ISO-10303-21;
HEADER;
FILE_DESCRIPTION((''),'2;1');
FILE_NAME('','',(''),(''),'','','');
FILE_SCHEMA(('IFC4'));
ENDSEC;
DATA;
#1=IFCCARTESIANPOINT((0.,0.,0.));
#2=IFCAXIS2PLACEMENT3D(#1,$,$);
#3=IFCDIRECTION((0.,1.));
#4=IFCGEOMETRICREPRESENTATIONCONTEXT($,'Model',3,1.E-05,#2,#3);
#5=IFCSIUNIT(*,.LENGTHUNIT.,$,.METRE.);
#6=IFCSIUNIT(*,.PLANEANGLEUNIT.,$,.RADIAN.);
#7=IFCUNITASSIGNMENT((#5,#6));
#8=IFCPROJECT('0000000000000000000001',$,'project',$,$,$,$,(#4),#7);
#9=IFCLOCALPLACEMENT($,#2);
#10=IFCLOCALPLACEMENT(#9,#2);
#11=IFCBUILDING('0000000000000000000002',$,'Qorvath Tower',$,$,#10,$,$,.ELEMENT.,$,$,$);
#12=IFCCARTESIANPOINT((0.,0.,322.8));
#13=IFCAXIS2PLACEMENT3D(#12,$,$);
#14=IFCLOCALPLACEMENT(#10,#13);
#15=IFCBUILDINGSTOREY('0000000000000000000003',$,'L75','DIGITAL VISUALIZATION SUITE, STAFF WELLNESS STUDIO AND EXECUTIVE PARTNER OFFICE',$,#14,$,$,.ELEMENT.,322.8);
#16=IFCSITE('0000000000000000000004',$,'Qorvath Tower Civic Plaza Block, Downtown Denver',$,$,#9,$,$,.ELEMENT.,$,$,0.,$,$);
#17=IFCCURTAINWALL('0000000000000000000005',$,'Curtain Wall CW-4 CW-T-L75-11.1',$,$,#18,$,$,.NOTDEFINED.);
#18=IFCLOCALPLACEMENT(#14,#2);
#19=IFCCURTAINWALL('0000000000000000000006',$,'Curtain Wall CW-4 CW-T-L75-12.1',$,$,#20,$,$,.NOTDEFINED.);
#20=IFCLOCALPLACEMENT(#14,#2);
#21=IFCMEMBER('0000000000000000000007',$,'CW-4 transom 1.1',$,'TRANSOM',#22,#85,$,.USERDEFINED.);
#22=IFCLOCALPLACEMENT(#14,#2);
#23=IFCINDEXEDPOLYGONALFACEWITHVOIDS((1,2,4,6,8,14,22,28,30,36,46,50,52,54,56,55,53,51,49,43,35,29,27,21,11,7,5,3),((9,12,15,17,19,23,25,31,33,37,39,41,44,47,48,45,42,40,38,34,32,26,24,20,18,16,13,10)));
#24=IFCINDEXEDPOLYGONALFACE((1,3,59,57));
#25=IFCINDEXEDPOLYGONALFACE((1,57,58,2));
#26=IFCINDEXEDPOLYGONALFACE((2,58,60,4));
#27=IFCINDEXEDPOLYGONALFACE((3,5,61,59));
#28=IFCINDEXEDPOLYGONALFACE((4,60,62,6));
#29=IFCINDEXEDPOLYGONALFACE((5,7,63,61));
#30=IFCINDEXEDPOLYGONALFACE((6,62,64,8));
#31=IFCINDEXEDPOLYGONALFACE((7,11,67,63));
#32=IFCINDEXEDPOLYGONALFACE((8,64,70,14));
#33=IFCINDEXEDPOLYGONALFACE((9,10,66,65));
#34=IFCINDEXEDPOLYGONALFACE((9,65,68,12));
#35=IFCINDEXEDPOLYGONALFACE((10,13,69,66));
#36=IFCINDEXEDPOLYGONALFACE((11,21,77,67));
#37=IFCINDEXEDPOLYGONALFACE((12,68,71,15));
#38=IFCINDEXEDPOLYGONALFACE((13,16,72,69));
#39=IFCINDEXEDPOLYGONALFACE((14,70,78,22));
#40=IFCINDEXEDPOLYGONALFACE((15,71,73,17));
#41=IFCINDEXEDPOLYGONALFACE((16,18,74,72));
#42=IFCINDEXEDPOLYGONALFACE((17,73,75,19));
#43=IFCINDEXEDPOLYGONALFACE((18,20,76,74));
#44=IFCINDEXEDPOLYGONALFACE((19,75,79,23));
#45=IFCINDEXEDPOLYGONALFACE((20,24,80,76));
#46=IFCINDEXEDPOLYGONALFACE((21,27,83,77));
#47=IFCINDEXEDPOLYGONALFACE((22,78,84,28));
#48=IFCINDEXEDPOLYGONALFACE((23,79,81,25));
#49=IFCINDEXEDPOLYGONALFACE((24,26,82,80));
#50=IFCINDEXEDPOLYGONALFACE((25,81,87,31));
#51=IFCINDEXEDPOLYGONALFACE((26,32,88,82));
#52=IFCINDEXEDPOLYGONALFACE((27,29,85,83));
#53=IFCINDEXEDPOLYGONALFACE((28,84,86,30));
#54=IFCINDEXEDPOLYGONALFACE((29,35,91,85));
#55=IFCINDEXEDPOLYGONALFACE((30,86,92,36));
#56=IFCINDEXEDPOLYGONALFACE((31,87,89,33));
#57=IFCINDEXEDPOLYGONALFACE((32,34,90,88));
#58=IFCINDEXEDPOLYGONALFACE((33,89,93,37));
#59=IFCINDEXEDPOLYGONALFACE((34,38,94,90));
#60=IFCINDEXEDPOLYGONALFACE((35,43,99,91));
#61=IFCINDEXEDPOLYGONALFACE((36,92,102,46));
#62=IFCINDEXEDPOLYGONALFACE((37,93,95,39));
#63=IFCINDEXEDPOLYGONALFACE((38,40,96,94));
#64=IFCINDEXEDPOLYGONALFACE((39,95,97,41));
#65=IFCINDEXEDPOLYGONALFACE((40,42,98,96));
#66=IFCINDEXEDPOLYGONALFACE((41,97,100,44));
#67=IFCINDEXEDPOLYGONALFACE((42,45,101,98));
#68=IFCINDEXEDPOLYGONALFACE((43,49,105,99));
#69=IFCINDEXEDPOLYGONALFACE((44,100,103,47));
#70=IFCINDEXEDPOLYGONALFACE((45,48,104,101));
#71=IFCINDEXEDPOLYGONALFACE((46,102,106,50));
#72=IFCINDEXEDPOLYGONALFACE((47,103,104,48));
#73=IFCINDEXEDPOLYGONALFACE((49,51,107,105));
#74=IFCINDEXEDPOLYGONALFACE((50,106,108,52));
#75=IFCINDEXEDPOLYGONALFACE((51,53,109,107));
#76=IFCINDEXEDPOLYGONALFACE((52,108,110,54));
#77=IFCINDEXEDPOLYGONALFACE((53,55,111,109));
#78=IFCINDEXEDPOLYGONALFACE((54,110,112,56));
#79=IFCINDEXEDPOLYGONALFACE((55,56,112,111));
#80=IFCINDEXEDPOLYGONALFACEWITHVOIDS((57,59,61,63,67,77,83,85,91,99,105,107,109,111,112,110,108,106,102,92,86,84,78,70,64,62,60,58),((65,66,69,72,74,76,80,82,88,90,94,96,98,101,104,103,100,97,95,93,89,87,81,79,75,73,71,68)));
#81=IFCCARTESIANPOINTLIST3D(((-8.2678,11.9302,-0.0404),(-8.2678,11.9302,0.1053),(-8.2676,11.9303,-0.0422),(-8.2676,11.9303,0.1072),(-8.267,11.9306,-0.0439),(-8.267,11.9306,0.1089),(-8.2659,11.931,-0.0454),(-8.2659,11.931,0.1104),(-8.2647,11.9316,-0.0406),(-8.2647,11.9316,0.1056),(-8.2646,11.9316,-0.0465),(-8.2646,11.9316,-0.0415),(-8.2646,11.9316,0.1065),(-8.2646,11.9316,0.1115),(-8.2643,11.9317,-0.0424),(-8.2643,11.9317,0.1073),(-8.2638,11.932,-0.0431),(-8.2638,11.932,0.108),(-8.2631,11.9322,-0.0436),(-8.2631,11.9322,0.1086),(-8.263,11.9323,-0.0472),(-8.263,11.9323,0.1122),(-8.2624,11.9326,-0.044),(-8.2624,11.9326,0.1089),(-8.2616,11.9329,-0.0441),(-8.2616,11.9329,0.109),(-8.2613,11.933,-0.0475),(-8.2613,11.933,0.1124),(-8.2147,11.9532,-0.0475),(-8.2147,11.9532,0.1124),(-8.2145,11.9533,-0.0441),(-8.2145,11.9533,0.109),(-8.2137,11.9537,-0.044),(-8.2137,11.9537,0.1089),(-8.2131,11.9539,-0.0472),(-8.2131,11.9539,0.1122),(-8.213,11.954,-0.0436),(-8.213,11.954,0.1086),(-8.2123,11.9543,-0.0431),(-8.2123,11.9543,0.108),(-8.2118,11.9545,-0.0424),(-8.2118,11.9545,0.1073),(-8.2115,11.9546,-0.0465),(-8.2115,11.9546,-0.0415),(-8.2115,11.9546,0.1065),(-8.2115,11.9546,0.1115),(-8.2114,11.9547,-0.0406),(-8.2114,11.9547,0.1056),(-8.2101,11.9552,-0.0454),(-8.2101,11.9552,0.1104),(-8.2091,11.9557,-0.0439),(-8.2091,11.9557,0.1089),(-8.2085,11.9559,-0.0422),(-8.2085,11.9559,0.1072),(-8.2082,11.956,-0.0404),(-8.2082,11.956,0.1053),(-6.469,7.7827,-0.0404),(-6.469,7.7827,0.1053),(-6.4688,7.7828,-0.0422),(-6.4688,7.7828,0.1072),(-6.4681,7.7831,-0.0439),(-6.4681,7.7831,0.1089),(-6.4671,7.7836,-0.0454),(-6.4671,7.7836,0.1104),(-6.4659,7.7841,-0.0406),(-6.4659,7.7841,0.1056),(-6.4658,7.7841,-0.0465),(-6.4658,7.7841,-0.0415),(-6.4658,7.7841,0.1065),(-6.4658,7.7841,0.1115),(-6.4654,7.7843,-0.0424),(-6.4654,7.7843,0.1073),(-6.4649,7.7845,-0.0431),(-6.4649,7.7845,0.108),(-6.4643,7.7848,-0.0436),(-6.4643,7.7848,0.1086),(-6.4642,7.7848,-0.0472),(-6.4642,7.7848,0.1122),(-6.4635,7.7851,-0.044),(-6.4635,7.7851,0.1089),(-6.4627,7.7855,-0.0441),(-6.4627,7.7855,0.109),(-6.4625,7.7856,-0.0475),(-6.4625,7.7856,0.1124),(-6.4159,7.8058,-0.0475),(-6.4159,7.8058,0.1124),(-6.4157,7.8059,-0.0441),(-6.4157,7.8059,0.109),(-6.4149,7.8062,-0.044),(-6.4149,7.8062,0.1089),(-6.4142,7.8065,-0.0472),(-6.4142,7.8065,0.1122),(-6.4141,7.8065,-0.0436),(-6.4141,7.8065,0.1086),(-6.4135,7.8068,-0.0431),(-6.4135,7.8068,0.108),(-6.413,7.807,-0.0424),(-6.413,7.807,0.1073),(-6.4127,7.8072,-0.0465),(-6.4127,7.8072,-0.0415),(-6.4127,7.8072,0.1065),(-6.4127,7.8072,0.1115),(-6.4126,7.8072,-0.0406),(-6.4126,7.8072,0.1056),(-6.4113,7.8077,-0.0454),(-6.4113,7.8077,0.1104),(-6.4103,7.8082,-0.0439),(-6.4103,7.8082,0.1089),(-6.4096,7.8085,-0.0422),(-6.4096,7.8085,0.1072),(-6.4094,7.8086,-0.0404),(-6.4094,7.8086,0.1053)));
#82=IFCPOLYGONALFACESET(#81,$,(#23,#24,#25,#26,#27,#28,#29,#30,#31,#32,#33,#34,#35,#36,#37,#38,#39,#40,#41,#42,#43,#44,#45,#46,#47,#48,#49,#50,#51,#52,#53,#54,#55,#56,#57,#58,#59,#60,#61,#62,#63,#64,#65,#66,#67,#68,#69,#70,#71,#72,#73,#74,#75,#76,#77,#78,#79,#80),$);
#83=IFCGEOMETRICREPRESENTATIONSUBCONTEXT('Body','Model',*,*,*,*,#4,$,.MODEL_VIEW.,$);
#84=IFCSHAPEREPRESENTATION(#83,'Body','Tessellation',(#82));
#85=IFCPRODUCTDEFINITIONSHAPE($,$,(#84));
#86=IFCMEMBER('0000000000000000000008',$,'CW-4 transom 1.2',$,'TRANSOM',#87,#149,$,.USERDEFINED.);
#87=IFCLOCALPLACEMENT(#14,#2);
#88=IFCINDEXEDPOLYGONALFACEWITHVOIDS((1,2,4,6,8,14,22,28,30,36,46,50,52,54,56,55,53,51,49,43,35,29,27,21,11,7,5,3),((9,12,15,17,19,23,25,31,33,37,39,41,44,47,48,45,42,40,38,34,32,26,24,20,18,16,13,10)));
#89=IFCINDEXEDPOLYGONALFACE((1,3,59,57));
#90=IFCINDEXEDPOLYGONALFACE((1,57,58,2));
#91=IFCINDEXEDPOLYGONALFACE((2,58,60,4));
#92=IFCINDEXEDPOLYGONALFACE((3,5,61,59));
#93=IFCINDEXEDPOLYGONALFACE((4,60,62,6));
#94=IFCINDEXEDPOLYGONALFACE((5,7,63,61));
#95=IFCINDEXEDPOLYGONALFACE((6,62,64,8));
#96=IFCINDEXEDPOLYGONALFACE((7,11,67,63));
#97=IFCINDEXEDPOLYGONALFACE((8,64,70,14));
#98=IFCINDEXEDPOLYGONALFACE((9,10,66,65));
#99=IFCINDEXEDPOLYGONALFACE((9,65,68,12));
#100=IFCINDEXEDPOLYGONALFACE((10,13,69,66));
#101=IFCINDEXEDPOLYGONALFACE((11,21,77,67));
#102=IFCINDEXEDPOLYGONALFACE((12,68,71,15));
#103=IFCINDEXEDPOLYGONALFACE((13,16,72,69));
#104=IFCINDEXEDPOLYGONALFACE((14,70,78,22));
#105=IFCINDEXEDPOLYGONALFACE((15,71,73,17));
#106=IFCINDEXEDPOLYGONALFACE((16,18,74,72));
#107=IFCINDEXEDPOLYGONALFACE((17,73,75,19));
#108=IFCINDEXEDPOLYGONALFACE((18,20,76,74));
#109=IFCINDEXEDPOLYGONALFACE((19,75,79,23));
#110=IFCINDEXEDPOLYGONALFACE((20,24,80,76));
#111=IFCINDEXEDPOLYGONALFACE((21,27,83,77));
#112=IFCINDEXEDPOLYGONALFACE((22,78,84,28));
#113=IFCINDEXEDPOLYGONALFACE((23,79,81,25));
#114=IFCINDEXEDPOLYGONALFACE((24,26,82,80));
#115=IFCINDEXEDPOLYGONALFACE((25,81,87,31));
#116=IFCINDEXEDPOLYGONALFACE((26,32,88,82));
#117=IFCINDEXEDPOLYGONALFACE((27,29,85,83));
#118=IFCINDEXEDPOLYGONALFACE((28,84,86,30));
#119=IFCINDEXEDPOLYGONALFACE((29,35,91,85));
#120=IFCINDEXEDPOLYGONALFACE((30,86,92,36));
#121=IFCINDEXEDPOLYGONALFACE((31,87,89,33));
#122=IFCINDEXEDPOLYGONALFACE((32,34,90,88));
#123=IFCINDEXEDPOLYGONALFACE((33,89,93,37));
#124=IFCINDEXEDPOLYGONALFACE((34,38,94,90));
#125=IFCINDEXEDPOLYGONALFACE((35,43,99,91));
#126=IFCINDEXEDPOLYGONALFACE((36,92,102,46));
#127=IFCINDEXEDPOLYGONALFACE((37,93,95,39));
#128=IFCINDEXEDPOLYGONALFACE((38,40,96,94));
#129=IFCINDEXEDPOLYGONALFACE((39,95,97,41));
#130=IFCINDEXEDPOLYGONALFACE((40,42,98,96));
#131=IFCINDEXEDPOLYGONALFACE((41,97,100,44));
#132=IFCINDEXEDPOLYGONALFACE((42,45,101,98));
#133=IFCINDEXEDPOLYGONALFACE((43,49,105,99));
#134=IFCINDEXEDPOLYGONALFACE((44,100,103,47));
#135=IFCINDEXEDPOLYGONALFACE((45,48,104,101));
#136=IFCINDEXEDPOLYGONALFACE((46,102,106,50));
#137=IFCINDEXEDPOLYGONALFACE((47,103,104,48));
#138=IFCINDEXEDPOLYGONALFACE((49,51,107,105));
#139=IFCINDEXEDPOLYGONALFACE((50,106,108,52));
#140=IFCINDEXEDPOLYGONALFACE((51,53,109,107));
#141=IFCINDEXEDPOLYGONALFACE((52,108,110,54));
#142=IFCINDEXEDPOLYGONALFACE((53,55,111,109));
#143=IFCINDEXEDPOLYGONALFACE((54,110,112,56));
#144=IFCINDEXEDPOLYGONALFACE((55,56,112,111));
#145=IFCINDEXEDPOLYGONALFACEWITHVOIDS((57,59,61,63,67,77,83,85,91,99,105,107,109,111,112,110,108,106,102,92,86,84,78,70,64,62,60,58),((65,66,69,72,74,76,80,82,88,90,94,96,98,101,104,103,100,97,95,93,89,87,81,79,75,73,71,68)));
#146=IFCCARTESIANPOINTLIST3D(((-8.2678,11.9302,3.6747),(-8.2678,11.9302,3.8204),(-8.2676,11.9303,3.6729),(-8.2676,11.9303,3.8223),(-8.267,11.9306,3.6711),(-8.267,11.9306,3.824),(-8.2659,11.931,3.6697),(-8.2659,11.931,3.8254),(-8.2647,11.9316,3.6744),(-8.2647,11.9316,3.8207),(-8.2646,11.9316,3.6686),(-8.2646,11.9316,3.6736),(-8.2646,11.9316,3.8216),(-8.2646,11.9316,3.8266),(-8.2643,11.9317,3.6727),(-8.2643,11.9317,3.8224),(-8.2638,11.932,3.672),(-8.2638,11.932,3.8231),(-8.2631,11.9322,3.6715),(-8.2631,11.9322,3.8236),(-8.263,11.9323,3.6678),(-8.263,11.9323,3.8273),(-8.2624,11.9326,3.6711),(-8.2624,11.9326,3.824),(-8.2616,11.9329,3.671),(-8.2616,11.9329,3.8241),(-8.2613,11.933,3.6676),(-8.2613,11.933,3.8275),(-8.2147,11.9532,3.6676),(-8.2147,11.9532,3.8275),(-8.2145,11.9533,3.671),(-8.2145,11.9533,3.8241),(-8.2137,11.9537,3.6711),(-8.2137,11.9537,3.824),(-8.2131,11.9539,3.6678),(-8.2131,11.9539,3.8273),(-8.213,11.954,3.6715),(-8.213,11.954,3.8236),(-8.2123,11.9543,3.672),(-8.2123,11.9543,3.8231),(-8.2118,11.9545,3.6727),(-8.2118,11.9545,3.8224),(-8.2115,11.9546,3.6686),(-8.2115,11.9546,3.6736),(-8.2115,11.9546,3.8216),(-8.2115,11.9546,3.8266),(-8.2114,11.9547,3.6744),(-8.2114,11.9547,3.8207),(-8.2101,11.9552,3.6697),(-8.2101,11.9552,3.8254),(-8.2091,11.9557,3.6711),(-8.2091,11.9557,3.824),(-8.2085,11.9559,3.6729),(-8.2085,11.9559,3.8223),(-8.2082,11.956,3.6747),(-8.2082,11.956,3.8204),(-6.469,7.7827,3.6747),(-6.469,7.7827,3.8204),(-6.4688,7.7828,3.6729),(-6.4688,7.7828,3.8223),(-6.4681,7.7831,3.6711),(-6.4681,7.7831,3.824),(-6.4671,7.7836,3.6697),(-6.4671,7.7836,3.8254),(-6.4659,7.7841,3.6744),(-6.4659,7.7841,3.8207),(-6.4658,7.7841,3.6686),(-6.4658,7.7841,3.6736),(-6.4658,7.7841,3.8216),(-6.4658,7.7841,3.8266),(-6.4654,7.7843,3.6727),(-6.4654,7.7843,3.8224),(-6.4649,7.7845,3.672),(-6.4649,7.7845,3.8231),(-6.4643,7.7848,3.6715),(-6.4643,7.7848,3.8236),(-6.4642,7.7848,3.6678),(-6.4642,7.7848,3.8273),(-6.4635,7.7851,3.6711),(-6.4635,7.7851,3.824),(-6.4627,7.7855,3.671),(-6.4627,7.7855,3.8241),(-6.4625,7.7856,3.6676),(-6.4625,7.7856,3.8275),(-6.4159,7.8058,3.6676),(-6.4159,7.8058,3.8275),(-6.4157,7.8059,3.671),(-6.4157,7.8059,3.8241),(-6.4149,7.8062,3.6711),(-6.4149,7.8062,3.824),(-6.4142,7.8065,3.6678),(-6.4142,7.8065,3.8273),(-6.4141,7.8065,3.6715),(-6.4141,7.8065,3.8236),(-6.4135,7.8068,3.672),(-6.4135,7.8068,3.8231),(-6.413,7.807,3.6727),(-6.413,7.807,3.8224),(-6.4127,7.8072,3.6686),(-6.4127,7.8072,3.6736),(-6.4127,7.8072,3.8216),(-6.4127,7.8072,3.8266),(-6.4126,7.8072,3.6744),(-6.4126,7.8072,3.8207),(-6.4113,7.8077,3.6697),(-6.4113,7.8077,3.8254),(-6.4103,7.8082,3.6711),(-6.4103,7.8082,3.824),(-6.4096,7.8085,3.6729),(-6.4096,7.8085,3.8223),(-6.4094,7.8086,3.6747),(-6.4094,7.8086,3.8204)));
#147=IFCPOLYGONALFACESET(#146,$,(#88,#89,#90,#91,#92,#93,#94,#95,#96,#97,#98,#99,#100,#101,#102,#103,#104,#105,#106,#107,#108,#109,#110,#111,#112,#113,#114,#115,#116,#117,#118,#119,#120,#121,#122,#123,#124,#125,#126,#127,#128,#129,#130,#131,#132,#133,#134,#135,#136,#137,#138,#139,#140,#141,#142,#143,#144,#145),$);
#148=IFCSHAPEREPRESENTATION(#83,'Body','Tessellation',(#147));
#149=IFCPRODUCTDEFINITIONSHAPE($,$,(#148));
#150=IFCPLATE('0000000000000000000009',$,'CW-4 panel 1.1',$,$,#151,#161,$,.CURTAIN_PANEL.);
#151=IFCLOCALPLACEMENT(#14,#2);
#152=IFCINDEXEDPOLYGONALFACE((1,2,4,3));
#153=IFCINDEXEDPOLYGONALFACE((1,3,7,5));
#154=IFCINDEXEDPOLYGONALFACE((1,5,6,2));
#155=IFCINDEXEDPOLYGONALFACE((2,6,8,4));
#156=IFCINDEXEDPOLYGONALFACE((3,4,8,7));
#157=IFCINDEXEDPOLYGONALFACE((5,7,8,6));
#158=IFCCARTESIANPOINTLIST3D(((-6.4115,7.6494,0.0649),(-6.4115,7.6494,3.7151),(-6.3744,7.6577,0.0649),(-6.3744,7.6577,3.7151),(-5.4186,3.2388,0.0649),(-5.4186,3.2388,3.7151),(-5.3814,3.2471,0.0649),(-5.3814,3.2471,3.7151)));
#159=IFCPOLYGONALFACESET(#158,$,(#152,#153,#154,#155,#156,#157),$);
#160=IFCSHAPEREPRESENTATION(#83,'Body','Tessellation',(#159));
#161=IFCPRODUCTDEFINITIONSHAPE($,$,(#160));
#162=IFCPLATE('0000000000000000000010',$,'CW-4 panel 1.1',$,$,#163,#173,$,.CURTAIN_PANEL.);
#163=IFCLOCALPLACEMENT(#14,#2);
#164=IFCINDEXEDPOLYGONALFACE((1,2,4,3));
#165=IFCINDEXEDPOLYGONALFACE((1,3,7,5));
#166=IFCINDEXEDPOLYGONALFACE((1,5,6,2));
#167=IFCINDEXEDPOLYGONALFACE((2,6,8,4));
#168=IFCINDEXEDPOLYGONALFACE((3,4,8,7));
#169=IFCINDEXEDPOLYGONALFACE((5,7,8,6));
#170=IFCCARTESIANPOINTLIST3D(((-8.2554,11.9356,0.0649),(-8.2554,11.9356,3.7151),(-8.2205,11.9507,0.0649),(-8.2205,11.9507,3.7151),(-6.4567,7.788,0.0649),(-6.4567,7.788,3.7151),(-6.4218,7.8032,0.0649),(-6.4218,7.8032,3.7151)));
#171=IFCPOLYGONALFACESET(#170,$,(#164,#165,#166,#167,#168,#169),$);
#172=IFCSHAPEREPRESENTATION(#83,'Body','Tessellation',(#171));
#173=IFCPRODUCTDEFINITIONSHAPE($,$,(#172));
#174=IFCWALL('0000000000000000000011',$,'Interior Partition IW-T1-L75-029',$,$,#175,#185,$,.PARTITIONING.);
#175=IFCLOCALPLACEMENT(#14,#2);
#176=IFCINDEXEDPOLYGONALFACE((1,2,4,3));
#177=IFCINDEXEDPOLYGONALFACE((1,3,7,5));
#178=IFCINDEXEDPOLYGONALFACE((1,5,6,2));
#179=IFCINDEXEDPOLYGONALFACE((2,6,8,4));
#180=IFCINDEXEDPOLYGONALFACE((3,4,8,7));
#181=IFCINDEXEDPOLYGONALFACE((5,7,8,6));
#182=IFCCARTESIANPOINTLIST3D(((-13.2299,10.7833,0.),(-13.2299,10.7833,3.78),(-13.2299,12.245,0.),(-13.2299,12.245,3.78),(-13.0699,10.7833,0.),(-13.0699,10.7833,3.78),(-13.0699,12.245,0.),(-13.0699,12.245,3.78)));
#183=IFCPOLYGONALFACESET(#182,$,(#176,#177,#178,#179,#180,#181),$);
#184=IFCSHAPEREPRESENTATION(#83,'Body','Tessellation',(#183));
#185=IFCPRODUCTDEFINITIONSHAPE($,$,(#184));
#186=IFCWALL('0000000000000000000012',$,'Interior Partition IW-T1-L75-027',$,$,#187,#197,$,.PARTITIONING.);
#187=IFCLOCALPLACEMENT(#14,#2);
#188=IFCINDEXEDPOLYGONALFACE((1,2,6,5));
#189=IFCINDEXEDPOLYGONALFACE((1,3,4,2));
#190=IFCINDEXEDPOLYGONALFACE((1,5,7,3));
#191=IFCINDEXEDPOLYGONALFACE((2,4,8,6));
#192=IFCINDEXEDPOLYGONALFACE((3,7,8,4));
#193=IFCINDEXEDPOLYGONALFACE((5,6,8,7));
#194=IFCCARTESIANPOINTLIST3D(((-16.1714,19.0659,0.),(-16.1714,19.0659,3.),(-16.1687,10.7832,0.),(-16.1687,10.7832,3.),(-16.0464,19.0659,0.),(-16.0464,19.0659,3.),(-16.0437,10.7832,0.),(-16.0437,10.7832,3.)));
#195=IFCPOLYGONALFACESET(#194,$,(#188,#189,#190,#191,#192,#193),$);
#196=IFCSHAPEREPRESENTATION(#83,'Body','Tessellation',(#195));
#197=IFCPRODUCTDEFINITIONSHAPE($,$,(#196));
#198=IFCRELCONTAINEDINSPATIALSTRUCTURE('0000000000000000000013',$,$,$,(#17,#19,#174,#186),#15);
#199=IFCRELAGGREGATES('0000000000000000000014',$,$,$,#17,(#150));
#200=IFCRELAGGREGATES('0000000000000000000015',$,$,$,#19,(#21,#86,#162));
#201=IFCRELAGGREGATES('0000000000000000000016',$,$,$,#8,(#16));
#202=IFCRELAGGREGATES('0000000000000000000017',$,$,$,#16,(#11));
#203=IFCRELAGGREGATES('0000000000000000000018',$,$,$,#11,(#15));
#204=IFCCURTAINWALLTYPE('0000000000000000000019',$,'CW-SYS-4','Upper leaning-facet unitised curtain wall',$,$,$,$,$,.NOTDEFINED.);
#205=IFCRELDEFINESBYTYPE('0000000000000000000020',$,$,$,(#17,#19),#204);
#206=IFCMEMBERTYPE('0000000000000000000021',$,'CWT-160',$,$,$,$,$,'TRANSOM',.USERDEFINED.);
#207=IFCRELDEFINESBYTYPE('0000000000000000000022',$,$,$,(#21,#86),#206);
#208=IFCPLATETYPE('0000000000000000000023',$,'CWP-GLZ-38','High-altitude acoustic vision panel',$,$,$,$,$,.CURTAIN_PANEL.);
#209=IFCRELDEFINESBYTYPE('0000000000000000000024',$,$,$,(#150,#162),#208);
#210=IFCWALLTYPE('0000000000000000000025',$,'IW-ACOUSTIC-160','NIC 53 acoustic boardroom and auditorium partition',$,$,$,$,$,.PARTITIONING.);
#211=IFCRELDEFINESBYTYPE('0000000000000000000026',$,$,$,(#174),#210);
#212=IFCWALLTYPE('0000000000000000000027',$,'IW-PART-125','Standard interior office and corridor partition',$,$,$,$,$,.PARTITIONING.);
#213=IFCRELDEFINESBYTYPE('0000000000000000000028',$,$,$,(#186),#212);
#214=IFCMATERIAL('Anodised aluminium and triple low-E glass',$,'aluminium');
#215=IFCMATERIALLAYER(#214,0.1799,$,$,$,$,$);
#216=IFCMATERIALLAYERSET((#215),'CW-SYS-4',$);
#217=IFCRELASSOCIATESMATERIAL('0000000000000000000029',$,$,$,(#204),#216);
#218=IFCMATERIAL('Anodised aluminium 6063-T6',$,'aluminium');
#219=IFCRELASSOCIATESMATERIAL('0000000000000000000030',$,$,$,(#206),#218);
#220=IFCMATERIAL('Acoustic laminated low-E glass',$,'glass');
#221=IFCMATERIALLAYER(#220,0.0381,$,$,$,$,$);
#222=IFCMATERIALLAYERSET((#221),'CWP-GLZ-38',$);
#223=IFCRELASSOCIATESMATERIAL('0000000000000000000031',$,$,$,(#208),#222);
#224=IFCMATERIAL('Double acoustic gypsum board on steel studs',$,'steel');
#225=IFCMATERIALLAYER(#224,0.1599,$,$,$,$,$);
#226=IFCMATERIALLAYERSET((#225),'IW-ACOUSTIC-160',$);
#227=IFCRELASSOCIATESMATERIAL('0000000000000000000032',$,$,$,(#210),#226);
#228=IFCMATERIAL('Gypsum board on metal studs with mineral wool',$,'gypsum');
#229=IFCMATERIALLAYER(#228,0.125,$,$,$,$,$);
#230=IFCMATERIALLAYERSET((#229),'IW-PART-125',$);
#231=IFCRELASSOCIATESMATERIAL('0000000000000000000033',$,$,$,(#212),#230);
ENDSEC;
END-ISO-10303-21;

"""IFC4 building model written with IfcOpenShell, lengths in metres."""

from ifc_helpers import new_model, si_unit, direction, frame, frame_2d, origin, origin_2d, place, context, subcontext, project, spatial, rectangle, hollow_rectangle, extrude, material, layer, layer_set, material_profile, profile_set, type_object, element, aggregate, save


model = new_model("IFC4")

# Units and contexts
model_context = context("Model", 3, precision=1e-05, world=origin(), true_north=direction((0.0, 1.0)))
body_context = subcontext(model_context, "Body", "Model", "MODEL_VIEW")
ifc_project = project(units=[si_unit("LENGTHUNIT", "METRE"), si_unit("PLANEANGLEUNIT", "RADIAN")], contexts=[model_context])

# Site, building, storey
site_placement = place(None, origin())
site = spatial("IfcSite", under=ifc_project, at=site_placement, Name="Qorvath Tower Civic Plaza Block, Downtown Denver", CompositionType="ELEMENT", RefElevation=0.0)
building_placement = place(site_placement, origin())
building = spatial("IfcBuilding", under=site, at=building_placement, Name="Qorvath Tower", CompositionType="ELEMENT")
storey_placement = place(building_placement, frame((0.0, 0.0, 322.8)))
storey = spatial("IfcBuildingStorey", under=building, at=storey_placement, Name="L75", Description="DIGITAL VISUALIZATION SUITE, STAFF WELLNESS STUDIO AND EXECUTIVE PARTNER OFFICE", CompositionType="ELEMENT", Elevation=322.8)

# Curtain wall
ifc_material_1 = material(Name="Anodised aluminium and triple low-E glass", Category="aluminium")
ifc_layer_1 = layer(ifc_material_1, 0.1799)
ifc_layer_set_1 = layer_set([ifc_layer_1], Name="CW-SYS-4")
curtain_wall_type = type_object("IfcCurtainWallType", Name="CW-SYS-4", Description="Upper leaning-facet unitised curtain wall", PredefinedType="NOTDEFINED", material=ifc_layer_set_1)
curtain_wall_1_placement = place(storey_placement, origin())
curtain_wall_1 = element("IfcCurtainWall", 1, at=curtain_wall_1_placement, inside=storey, type_object=curtain_wall_type, Name="Curtain Wall CW-4 CW-T-L75-11.1", PredefinedType="NOTDEFINED")

# Curtain wall
curtain_wall_2_placement = place(storey_placement, origin())
curtain_wall_2 = element("IfcCurtainWall", 2, at=curtain_wall_2_placement, inside=storey, type_object=curtain_wall_type, Name="Curtain Wall CW-4 CW-T-L75-12.1", PredefinedType="NOTDEFINED")

# Members
ifc_material_2 = material(Name="Anodised aluminium 6063-T6", Category="aluminium")
ifc_material_profile_1 = material_profile(ifc_material_2, hollow_rectangle(XDim=0.0649, YDim=0.1599, WallThickness=0.0034, InnerFilletRadius=0.0034, OuterFilletRadius=0.0071, at=origin_2d()), Name="CWT 160x65")
ifc_profile_set_1 = profile_set([ifc_material_profile_1], Name="Anodised aluminium 6063-T6")
member_type_1 = type_object("IfcMemberType", Name="CWT-160", ElementType="TRANSOM", PredefinedType="USERDEFINED", material=ifc_profile_set_1)
member_1_placement = place(storey_placement, frame((-6.4392, 7.7957, 0.0325), z_axis=(-0.397904, 0.917427, 0.0), x_axis=(-0.917427, -0.397904, 0.0)))
member_1 = element("IfcMember", 3, at=member_1_placement, type_object=member_type_1, Name="CW-4 transom 1.1", ObjectType="TRANSOM", PredefinedType="USERDEFINED", context=body_context, shape_type="SweptSolid", body=[
    extrude(hollow_rectangle(XDim=0.0649, YDim=0.1599, WallThickness=0.0034, InnerFilletRadius=0.0034, OuterFilletRadius=0.0071, at=origin_2d()), origin(), (0.0, 0.0, 1.0), 4.5208),
])
member_2_placement = place(storey_placement, frame((-6.4392, 7.7957, 3.7476), z_axis=(-0.397904, 0.917427, 0.0), x_axis=(-0.917427, -0.397904, 0.0)))
member_2 = element("IfcMember", 4, at=member_2_placement, type_object=member_type_1, Name="CW-4 transom 1.2", ObjectType="TRANSOM", PredefinedType="USERDEFINED", context=body_context, shape_type="SweptSolid", body=[
    extrude(hollow_rectangle(XDim=0.0649, YDim=0.1599, WallThickness=0.0034, InnerFilletRadius=0.0034, OuterFilletRadius=0.0071, at=origin_2d()), origin(), (0.0, 0.0, 1.0), 4.5208),
])

# Plates
ifc_material_3 = material(Name="Acoustic laminated low-E glass", Category="glass")
ifc_layer_2 = layer(ifc_material_3, 0.0381)
ifc_layer_set_2 = layer_set([ifc_layer_2], Name="CWP-GLZ-38")
plate_type = type_object("IfcPlateType", Name="CWP-GLZ-38", Description="High-altitude acoustic vision panel", PredefinedType="CURTAIN_PANEL", material=ifc_layer_set_2)
plate_1_placement = place(storey_placement, frame((-5.8965, 5.4482, 0.0649), z_axis=(0.0, 0.0, 1.0), x_axis=(-0.219634, 0.975582, 0.0)))
plate_1 = element("IfcPlate", 5, at=plate_1_placement, type_object=plate_type, Name="CW-4 panel 1.1", PredefinedType="CURTAIN_PANEL", context=body_context, shape_type="SweptSolid", body=[
    extrude(rectangle(XDim=4.521, YDim=0.0381, at=origin_2d()), origin(), (0.0, 0.0, 1.0), 3.6501),
])
aggregate(curtain_wall_1, [plate_1])
plate_2_placement = place(storey_placement, frame((-7.3386, 9.8694, 0.0649), z_axis=(0.0, 0.0, 1.0), x_axis=(-0.397874, 0.91744, 0.0)))
plate_2 = element("IfcPlate", 6, at=plate_2_placement, type_object=plate_type, Name="CW-4 panel 1.1", PredefinedType="CURTAIN_PANEL", context=body_context, shape_type="SweptSolid", body=[
    extrude(rectangle(XDim=4.5208, YDim=0.0381, at=origin_2d()), origin(), (0.0, 0.0, 1.0), 3.6501),
])
aggregate(curtain_wall_2, [member_1, member_2, plate_2])

# Shared definitions
ifc_material_4 = material(Name="Double acoustic gypsum board on steel studs", Category="steel")
ifc_layer_3 = layer(ifc_material_4, 0.1599)
ifc_layer_set_3 = layer_set([ifc_layer_3], Name="IW-ACOUSTIC-160")
wall_type_1 = type_object("IfcWallType", Name="IW-ACOUSTIC-160", Description="NIC 53 acoustic boardroom and auditorium partition", PredefinedType="PARTITIONING", material=ifc_layer_set_3)

# Walls
wall_1_placement = place(storey_placement, frame((-13.1499, 10.7832, 0.0), z_axis=(0.0, 0.0, 1.0), x_axis=(0.0, 1.0, 0.0)))
element("IfcWall", 7, at=wall_1_placement, inside=storey, type_object=wall_type_1, Name="Interior Partition IW-T1-L75-029", PredefinedType="PARTITIONING", context=body_context, shape_type="SweptSolid", body=[
    extrude(rectangle(XDim=1.4617, YDim=0.1599, at=frame_2d((0.731, 0.0))), origin(), (0.0, 0.0, 1.0), 3.78),
])
ifc_material_5 = material(Name="Gypsum board on metal studs with mineral wool", Category="gypsum")
ifc_layer_4 = layer(ifc_material_5, 0.125)
ifc_layer_set_4 = layer_set([ifc_layer_4], Name="IW-PART-125")
wall_type_2 = type_object("IfcWallType", Name="IW-PART-125", Description="Standard interior office and corridor partition", PredefinedType="PARTITIONING", material=ifc_layer_set_4)
wall_2_placement = place(storey_placement, frame((-16.1062, 10.7832, 0.0), z_axis=(0.0, 0.0, 1.0), x_axis=(-0.000324, 1.0, 0.0)))
element("IfcWall", 8, at=wall_2_placement, inside=storey, type_object=wall_type_2, Name="Interior Partition IW-T1-L75-027", PredefinedType="PARTITIONING", context=body_context, shape_type="SweptSolid", body=[
    extrude(rectangle(XDim=8.2827, YDim=0.125, at=frame_2d((4.1414, 0.0))), origin(), (0.0, 0.0, 1.0), 3.0),
])

save(model, "model.ifc")
